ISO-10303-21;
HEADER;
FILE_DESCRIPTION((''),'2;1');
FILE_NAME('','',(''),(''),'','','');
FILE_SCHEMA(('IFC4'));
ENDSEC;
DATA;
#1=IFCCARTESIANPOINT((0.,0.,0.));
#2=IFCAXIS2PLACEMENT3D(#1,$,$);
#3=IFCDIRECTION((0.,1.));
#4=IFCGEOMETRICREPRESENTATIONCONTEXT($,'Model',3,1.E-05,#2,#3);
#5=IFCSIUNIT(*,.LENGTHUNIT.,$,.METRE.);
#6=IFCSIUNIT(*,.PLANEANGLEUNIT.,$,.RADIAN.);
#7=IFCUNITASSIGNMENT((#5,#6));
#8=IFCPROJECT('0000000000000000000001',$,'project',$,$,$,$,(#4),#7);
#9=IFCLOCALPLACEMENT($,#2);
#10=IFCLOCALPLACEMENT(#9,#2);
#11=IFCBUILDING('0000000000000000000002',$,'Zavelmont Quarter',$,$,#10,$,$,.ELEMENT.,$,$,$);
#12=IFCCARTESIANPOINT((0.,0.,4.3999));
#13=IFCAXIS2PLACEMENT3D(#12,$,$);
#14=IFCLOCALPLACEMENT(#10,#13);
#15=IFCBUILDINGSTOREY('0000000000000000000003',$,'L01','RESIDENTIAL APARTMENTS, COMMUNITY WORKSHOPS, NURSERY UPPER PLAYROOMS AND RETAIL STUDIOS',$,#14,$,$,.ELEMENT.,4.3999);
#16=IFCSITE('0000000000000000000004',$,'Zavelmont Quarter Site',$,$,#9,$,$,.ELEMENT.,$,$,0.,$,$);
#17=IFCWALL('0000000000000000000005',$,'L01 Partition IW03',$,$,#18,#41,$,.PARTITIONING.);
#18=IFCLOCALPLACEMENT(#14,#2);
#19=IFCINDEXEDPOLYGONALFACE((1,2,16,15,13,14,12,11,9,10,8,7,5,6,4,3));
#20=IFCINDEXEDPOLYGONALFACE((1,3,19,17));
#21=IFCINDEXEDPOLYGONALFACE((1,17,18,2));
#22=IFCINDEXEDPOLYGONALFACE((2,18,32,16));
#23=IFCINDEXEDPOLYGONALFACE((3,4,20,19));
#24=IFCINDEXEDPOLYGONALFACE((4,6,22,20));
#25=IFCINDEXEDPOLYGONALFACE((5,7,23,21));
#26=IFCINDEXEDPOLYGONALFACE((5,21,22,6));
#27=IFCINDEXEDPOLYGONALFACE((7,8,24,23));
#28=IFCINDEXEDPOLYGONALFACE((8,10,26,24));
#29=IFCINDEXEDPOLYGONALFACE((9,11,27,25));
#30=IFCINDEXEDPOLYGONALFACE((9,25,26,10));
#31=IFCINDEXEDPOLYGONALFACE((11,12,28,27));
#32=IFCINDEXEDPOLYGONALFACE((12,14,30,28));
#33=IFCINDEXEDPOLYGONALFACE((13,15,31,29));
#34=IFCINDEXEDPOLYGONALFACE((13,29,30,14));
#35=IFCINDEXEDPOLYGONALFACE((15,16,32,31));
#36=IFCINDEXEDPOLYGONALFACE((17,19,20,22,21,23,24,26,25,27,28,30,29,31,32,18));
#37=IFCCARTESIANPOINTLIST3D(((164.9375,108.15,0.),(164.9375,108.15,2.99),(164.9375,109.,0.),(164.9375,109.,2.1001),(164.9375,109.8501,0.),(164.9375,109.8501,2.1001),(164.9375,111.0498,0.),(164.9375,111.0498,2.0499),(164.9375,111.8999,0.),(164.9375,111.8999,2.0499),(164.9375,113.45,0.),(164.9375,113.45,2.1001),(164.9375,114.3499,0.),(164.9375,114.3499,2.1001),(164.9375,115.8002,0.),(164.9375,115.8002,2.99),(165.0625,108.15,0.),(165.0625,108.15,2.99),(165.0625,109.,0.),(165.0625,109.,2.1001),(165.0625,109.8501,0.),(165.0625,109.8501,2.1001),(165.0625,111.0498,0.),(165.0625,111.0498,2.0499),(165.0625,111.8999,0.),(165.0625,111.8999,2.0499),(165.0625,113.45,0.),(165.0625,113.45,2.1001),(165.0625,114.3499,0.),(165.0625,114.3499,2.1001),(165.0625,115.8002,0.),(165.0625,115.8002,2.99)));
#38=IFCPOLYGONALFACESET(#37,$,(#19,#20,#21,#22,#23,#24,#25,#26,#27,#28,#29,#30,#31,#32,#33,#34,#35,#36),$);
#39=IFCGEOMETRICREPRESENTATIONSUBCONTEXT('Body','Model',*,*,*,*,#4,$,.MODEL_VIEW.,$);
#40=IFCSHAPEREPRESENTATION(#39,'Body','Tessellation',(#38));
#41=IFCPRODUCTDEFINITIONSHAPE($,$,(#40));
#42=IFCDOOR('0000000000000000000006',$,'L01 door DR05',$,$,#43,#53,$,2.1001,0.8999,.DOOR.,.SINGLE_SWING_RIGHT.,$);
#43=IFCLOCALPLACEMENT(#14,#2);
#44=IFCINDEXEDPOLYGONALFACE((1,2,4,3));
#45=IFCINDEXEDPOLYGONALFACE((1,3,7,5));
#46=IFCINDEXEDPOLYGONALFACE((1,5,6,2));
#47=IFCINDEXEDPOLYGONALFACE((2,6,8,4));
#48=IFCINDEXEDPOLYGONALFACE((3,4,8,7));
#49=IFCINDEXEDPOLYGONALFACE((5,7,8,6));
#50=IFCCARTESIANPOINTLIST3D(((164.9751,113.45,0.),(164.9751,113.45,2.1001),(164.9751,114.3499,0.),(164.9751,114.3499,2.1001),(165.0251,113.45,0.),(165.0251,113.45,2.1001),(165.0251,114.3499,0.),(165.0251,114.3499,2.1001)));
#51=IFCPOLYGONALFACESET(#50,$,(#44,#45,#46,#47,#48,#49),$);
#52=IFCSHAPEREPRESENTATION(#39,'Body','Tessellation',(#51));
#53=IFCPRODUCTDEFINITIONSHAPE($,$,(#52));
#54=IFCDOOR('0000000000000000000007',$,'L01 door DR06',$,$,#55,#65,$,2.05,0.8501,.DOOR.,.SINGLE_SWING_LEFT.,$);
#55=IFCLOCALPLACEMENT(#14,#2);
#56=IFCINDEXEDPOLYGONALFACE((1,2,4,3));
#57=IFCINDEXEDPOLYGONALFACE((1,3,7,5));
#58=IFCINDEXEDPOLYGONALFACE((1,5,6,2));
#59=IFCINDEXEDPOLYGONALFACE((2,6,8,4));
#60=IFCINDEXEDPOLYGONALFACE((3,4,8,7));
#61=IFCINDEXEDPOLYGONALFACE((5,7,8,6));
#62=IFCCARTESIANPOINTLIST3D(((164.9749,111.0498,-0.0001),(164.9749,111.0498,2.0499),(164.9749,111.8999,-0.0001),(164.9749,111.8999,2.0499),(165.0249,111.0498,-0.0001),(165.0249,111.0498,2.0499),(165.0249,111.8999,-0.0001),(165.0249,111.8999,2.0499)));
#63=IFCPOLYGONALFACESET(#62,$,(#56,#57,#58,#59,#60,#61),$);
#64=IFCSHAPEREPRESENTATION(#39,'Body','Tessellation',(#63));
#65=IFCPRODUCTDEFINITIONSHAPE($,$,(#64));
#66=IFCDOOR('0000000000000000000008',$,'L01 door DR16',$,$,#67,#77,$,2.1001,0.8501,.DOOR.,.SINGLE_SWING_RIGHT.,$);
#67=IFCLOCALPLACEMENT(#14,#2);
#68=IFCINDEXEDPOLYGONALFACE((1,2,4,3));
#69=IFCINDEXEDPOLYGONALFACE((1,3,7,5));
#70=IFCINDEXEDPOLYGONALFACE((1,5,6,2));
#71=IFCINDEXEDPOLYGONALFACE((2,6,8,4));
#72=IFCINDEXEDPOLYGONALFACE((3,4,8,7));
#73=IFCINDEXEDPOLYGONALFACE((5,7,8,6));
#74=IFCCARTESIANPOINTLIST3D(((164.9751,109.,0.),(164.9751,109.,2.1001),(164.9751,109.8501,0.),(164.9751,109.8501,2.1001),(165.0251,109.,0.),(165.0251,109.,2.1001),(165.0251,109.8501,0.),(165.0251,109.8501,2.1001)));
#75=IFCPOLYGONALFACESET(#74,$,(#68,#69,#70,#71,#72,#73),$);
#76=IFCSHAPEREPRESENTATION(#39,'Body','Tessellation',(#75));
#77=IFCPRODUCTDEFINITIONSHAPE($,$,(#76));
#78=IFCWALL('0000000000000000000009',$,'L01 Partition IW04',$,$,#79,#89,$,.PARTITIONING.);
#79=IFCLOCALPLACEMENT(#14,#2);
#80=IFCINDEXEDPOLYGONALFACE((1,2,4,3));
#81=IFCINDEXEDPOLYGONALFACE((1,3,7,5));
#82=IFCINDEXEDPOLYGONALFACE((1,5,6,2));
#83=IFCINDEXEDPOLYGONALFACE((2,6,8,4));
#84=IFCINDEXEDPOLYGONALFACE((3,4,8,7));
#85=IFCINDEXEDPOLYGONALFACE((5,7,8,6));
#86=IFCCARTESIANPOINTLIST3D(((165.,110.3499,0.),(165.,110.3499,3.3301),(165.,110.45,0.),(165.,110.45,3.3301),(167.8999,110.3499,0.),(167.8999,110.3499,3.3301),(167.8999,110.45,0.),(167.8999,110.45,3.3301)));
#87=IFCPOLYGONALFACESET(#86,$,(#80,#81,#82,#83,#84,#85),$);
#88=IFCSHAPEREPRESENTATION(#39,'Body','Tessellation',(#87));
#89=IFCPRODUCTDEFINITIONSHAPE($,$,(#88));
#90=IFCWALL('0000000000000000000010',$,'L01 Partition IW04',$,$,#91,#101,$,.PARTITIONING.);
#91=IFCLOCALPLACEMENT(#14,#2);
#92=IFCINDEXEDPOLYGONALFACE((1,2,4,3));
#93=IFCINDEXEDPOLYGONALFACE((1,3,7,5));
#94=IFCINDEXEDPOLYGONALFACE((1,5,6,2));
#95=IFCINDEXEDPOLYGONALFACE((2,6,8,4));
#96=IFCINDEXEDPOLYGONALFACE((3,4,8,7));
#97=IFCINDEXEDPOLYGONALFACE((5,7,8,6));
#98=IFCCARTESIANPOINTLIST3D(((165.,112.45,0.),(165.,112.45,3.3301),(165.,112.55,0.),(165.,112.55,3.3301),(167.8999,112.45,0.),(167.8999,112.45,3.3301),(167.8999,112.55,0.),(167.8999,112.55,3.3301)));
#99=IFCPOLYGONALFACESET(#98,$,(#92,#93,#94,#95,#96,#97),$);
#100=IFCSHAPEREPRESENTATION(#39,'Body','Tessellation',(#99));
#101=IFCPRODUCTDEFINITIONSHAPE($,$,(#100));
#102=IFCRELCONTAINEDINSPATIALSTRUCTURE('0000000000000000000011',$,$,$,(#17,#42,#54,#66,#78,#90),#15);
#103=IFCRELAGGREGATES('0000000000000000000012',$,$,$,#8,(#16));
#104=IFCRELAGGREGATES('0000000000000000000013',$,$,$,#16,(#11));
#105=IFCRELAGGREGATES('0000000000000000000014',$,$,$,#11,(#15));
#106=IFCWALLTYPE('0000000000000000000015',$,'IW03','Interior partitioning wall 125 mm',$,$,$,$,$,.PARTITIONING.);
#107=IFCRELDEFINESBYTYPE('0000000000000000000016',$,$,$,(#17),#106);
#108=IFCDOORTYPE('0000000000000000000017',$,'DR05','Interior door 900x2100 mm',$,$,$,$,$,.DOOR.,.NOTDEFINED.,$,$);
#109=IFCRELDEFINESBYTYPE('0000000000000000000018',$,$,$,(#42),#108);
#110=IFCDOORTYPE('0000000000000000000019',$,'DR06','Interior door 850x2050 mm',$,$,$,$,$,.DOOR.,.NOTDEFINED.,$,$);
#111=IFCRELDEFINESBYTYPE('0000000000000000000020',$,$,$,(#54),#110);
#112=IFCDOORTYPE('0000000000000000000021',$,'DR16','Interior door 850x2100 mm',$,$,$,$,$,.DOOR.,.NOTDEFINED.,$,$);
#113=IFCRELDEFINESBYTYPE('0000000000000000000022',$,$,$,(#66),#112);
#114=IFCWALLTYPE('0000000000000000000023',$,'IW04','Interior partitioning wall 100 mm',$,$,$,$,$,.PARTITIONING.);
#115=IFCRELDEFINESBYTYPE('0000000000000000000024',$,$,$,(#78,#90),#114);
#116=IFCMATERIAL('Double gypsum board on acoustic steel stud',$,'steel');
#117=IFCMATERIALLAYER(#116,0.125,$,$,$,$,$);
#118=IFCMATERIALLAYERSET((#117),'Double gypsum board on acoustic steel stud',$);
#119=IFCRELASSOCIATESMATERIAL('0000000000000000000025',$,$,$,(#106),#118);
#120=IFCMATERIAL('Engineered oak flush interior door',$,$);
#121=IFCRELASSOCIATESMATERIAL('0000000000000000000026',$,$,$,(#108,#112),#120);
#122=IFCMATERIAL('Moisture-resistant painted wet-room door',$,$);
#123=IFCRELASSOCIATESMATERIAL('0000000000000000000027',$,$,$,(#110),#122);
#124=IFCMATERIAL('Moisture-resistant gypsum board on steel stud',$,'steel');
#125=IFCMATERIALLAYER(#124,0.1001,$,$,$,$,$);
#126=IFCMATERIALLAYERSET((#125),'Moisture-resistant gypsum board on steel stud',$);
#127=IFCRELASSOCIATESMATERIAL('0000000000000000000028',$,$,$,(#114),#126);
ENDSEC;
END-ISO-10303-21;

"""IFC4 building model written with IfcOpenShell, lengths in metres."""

from ifc_helpers import new_model, si_unit, direction, frame, frame_2d, origin, origin_with_axes, place, context, subcontext, project, spatial, rectangle, extrude, material, layer, layer_set, type_object, element, fill, save


model = new_model("IFC4")

# Units and contexts
model_context = context("Model", 3, precision=1e-05, world=origin(), true_north=direction((0.0, 1.0)))
body_context = subcontext(model_context, "Body", "Model", "MODEL_VIEW")
ifc_project = project(units=[si_unit("LENGTHUNIT", "METRE"), si_unit("PLANEANGLEUNIT", "RADIAN")], contexts=[model_context])

# Site, building, storey
site_placement = place(None, origin())
site = spatial("IfcSite", under=ifc_project, at=site_placement, Name="Zavelmont Quarter Site", CompositionType="ELEMENT", RefElevation=0.0)
building_placement = place(site_placement, origin())
building = spatial("IfcBuilding", under=site, at=building_placement, Name="Zavelmont Quarter", CompositionType="ELEMENT")
storey_placement = place(building_placement, frame((0.0, 0.0, 4.3999)))
storey = spatial("IfcBuildingStorey", under=building, at=storey_placement, Name="L01", Description="RESIDENTIAL APARTMENTS, COMMUNITY WORKSHOPS, NURSERY UPPER PLAYROOMS AND RETAIL STUDIOS", CompositionType="ELEMENT", Elevation=4.3999)

# Shared definitions
ifc_material_1 = material(Name="Double gypsum board on acoustic steel stud", Category="steel")
ifc_layer_1 = layer(ifc_material_1, 0.125)
ifc_layer_set_1 = layer_set([ifc_layer_1], Name="Double gypsum board on acoustic steel stud")
wall_type_1 = type_object("IfcWallType", Name="IW03", Description="Interior partitioning wall 125 mm", PredefinedType="PARTITIONING", material=ifc_layer_set_1)
ifc_material_2 = material(Name="Engineered oak flush interior door")
door_type_1 = type_object("IfcDoorType", Name="DR05", Description="Interior door 900x2100 mm", OperationType="NOTDEFINED", PredefinedType="DOOR", material=ifc_material_2)

# Wall, openings, doors
wall_1_placement = place(storey_placement, frame((165.0, 108.1499, 0.0), z_axis=(0.0, 0.0, 1.0), x_axis=(0.0, 1.0, 0.0)))
wall_1 = element("IfcWall", 1, at=wall_1_placement, inside=storey, type_object=wall_type_1, Name="L01 Partition IW03", PredefinedType="PARTITIONING", context=body_context, shape_type="SweptSolid", body=[
    extrude(rectangle(XDim=7.6501, YDim=0.125, at=frame_2d((3.8252, 0.0))), origin(), (0.0, 0.0, 1.0), 2.99),
])
opening_1_placement = place(wall_1_placement, frame((0.8501, 0.0, 0.0)))
opening_1 = element("IfcOpeningElement", 2, at=opening_1_placement, cuts=wall_1, PredefinedType="OPENING", context=body_context, shape_type="SweptSolid", body=[
    extrude(rectangle(XDim=0.8501, YDim=2.1001, at=frame_2d((0.425, 1.05))), frame((0.0, 0.0745, 0.0), z_axis=(0.0, -1.0, 0.0), x_axis=(1.0, 0.0, 0.0)), (0.0, 0.0, 1.0), 0.1489),
])
opening_2_placement = place(wall_1_placement, frame((2.8999, 0.0, 0.0)))
opening_2 = element("IfcOpeningElement", 3, at=opening_2_placement, cuts=wall_1, PredefinedType="OPENING", context=body_context, shape_type="SweptSolid", body=[
    extrude(rectangle(XDim=0.8501, YDim=2.05, at=frame_2d((0.425, 1.0249))), frame((0.0, 0.0745, 0.0), z_axis=(0.0, -1.0, 0.0), x_axis=(1.0, 0.0, 0.0)), (0.0, 0.0, 1.0), 0.1489),
])
opening_3_placement = place(wall_1_placement, frame((5.3, 0.0, 0.0)))
opening_3 = element("IfcOpeningElement", 4, at=opening_3_placement, cuts=wall_1, PredefinedType="OPENING", context=body_context, shape_type="SweptSolid", body=[
    extrude(rectangle(XDim=0.8999, YDim=2.1001, at=frame_2d((0.45, 1.05))), frame((0.0, 0.0745, 0.0), z_axis=(0.0, -1.0, 0.0), x_axis=(1.0, 0.0, 0.0)), (0.0, 0.0, 1.0), 0.1489),
])
door_1_placement = place(opening_3_placement, origin_with_axes())
door_1 = element("IfcDoor", 5, at=door_1_placement, inside=storey, type_object=door_type_1, Name="L01 door DR05", OperationType="SINGLE_SWING_RIGHT", OverallHeight=2.1001, OverallWidth=0.8999, PredefinedType="DOOR", context=body_context, shape_type="SweptSolid", body=[
    extrude(rectangle(XDim=0.8999, YDim=2.1001, at=frame_2d((0.45, 1.05))), frame((0.0, 0.0249, 0.0), z_axis=(0.0, -1.0, 0.0), x_axis=(1.0, 0.0, 0.0)), (0.0, 0.0, 1.0), 0.05),
])
fill(opening_3, door_1)
ifc_material_3 = material(Name="Moisture-resistant painted wet-room door")
door_type_2 = type_object("IfcDoorType", Name="DR06", Description="Interior door 850x2050 mm", OperationType="NOTDEFINED", PredefinedType="DOOR", material=ifc_material_3)
door_2_placement = place(opening_2_placement, frame((0.8501, 0.0, 0.0), z_axis=(0.0, 0.0, 1.0), x_axis=(-1.0, 0.0, 0.0)))
door_2 = element("IfcDoor", 6, at=door_2_placement, inside=storey, type_object=door_type_2, Name="L01 door DR06", OperationType="SINGLE_SWING_LEFT", OverallHeight=2.05, OverallWidth=0.8501, PredefinedType="DOOR", context=body_context, shape_type="SweptSolid", body=[
    extrude(rectangle(XDim=0.8501, YDim=2.05, at=frame_2d((0.425, 1.0249))), frame((0.0, 0.0249, 0.0), z_axis=(0.0, -1.0, 0.0), x_axis=(1.0, 0.0, 0.0)), (0.0, 0.0, 1.0), 0.05),
])
fill(opening_2, door_2)
door_type_3 = type_object("IfcDoorType", Name="DR16", Description="Interior door 850x2100 mm", OperationType="NOTDEFINED", PredefinedType="DOOR", material=ifc_material_2)
door_3_placement = place(opening_1_placement, origin_with_axes())
door_3 = element("IfcDoor", 7, at=door_3_placement, inside=storey, type_object=door_type_3, Name="L01 door DR16", OperationType="SINGLE_SWING_RIGHT", OverallHeight=2.1001, OverallWidth=0.8501, PredefinedType="DOOR", context=body_context, shape_type="SweptSolid", body=[
    extrude(rectangle(XDim=0.8501, YDim=2.1001, at=frame_2d((0.425, 1.05))), frame((0.0, 0.0249, 0.0), z_axis=(0.0, -1.0, 0.0), x_axis=(1.0, 0.0, 0.0)), (0.0, 0.0, 1.0), 0.05),
])
fill(opening_1, door_3)

# Walls
ifc_material_4 = material(Name="Moisture-resistant gypsum board on steel stud", Category="steel")
ifc_layer_2 = layer(ifc_material_4, 0.1001)
ifc_layer_set_2 = layer_set([ifc_layer_2], Name="Moisture-resistant gypsum board on steel stud")
wall_type_2 = type_object("IfcWallType", Name="IW04", Description="Interior partitioning wall 100 mm", PredefinedType="PARTITIONING", material=ifc_layer_set_2)
for number, where, z_axis, x_axis, name in (
    (8, (165.0, 110.3999, 0.0), (0.0, 0.0, 1.0), (1.0, 0.0, 0.0), "L01 Partition IW04"),
    (9, (165.0, 112.5, 0.0), (0.0, 0.0, 1.0), (1.0, 0.0, 0.0), "L01 Partition IW04"),
):
    element("IfcWall", number, at=place(storey_placement, frame(where, z_axis=z_axis, x_axis=x_axis)), inside=storey, type_object=wall_type_2, Name=name, PredefinedType="PARTITIONING", context=body_context, shape_type="SweptSolid", body=[
        extrude(rectangle(XDim=2.8999, YDim=0.1001, at=frame_2d((1.45, 0.0))), origin(), (0.0, 0.0, 1.0), 3.3301),
    ])

save(model, "model.ifc")
